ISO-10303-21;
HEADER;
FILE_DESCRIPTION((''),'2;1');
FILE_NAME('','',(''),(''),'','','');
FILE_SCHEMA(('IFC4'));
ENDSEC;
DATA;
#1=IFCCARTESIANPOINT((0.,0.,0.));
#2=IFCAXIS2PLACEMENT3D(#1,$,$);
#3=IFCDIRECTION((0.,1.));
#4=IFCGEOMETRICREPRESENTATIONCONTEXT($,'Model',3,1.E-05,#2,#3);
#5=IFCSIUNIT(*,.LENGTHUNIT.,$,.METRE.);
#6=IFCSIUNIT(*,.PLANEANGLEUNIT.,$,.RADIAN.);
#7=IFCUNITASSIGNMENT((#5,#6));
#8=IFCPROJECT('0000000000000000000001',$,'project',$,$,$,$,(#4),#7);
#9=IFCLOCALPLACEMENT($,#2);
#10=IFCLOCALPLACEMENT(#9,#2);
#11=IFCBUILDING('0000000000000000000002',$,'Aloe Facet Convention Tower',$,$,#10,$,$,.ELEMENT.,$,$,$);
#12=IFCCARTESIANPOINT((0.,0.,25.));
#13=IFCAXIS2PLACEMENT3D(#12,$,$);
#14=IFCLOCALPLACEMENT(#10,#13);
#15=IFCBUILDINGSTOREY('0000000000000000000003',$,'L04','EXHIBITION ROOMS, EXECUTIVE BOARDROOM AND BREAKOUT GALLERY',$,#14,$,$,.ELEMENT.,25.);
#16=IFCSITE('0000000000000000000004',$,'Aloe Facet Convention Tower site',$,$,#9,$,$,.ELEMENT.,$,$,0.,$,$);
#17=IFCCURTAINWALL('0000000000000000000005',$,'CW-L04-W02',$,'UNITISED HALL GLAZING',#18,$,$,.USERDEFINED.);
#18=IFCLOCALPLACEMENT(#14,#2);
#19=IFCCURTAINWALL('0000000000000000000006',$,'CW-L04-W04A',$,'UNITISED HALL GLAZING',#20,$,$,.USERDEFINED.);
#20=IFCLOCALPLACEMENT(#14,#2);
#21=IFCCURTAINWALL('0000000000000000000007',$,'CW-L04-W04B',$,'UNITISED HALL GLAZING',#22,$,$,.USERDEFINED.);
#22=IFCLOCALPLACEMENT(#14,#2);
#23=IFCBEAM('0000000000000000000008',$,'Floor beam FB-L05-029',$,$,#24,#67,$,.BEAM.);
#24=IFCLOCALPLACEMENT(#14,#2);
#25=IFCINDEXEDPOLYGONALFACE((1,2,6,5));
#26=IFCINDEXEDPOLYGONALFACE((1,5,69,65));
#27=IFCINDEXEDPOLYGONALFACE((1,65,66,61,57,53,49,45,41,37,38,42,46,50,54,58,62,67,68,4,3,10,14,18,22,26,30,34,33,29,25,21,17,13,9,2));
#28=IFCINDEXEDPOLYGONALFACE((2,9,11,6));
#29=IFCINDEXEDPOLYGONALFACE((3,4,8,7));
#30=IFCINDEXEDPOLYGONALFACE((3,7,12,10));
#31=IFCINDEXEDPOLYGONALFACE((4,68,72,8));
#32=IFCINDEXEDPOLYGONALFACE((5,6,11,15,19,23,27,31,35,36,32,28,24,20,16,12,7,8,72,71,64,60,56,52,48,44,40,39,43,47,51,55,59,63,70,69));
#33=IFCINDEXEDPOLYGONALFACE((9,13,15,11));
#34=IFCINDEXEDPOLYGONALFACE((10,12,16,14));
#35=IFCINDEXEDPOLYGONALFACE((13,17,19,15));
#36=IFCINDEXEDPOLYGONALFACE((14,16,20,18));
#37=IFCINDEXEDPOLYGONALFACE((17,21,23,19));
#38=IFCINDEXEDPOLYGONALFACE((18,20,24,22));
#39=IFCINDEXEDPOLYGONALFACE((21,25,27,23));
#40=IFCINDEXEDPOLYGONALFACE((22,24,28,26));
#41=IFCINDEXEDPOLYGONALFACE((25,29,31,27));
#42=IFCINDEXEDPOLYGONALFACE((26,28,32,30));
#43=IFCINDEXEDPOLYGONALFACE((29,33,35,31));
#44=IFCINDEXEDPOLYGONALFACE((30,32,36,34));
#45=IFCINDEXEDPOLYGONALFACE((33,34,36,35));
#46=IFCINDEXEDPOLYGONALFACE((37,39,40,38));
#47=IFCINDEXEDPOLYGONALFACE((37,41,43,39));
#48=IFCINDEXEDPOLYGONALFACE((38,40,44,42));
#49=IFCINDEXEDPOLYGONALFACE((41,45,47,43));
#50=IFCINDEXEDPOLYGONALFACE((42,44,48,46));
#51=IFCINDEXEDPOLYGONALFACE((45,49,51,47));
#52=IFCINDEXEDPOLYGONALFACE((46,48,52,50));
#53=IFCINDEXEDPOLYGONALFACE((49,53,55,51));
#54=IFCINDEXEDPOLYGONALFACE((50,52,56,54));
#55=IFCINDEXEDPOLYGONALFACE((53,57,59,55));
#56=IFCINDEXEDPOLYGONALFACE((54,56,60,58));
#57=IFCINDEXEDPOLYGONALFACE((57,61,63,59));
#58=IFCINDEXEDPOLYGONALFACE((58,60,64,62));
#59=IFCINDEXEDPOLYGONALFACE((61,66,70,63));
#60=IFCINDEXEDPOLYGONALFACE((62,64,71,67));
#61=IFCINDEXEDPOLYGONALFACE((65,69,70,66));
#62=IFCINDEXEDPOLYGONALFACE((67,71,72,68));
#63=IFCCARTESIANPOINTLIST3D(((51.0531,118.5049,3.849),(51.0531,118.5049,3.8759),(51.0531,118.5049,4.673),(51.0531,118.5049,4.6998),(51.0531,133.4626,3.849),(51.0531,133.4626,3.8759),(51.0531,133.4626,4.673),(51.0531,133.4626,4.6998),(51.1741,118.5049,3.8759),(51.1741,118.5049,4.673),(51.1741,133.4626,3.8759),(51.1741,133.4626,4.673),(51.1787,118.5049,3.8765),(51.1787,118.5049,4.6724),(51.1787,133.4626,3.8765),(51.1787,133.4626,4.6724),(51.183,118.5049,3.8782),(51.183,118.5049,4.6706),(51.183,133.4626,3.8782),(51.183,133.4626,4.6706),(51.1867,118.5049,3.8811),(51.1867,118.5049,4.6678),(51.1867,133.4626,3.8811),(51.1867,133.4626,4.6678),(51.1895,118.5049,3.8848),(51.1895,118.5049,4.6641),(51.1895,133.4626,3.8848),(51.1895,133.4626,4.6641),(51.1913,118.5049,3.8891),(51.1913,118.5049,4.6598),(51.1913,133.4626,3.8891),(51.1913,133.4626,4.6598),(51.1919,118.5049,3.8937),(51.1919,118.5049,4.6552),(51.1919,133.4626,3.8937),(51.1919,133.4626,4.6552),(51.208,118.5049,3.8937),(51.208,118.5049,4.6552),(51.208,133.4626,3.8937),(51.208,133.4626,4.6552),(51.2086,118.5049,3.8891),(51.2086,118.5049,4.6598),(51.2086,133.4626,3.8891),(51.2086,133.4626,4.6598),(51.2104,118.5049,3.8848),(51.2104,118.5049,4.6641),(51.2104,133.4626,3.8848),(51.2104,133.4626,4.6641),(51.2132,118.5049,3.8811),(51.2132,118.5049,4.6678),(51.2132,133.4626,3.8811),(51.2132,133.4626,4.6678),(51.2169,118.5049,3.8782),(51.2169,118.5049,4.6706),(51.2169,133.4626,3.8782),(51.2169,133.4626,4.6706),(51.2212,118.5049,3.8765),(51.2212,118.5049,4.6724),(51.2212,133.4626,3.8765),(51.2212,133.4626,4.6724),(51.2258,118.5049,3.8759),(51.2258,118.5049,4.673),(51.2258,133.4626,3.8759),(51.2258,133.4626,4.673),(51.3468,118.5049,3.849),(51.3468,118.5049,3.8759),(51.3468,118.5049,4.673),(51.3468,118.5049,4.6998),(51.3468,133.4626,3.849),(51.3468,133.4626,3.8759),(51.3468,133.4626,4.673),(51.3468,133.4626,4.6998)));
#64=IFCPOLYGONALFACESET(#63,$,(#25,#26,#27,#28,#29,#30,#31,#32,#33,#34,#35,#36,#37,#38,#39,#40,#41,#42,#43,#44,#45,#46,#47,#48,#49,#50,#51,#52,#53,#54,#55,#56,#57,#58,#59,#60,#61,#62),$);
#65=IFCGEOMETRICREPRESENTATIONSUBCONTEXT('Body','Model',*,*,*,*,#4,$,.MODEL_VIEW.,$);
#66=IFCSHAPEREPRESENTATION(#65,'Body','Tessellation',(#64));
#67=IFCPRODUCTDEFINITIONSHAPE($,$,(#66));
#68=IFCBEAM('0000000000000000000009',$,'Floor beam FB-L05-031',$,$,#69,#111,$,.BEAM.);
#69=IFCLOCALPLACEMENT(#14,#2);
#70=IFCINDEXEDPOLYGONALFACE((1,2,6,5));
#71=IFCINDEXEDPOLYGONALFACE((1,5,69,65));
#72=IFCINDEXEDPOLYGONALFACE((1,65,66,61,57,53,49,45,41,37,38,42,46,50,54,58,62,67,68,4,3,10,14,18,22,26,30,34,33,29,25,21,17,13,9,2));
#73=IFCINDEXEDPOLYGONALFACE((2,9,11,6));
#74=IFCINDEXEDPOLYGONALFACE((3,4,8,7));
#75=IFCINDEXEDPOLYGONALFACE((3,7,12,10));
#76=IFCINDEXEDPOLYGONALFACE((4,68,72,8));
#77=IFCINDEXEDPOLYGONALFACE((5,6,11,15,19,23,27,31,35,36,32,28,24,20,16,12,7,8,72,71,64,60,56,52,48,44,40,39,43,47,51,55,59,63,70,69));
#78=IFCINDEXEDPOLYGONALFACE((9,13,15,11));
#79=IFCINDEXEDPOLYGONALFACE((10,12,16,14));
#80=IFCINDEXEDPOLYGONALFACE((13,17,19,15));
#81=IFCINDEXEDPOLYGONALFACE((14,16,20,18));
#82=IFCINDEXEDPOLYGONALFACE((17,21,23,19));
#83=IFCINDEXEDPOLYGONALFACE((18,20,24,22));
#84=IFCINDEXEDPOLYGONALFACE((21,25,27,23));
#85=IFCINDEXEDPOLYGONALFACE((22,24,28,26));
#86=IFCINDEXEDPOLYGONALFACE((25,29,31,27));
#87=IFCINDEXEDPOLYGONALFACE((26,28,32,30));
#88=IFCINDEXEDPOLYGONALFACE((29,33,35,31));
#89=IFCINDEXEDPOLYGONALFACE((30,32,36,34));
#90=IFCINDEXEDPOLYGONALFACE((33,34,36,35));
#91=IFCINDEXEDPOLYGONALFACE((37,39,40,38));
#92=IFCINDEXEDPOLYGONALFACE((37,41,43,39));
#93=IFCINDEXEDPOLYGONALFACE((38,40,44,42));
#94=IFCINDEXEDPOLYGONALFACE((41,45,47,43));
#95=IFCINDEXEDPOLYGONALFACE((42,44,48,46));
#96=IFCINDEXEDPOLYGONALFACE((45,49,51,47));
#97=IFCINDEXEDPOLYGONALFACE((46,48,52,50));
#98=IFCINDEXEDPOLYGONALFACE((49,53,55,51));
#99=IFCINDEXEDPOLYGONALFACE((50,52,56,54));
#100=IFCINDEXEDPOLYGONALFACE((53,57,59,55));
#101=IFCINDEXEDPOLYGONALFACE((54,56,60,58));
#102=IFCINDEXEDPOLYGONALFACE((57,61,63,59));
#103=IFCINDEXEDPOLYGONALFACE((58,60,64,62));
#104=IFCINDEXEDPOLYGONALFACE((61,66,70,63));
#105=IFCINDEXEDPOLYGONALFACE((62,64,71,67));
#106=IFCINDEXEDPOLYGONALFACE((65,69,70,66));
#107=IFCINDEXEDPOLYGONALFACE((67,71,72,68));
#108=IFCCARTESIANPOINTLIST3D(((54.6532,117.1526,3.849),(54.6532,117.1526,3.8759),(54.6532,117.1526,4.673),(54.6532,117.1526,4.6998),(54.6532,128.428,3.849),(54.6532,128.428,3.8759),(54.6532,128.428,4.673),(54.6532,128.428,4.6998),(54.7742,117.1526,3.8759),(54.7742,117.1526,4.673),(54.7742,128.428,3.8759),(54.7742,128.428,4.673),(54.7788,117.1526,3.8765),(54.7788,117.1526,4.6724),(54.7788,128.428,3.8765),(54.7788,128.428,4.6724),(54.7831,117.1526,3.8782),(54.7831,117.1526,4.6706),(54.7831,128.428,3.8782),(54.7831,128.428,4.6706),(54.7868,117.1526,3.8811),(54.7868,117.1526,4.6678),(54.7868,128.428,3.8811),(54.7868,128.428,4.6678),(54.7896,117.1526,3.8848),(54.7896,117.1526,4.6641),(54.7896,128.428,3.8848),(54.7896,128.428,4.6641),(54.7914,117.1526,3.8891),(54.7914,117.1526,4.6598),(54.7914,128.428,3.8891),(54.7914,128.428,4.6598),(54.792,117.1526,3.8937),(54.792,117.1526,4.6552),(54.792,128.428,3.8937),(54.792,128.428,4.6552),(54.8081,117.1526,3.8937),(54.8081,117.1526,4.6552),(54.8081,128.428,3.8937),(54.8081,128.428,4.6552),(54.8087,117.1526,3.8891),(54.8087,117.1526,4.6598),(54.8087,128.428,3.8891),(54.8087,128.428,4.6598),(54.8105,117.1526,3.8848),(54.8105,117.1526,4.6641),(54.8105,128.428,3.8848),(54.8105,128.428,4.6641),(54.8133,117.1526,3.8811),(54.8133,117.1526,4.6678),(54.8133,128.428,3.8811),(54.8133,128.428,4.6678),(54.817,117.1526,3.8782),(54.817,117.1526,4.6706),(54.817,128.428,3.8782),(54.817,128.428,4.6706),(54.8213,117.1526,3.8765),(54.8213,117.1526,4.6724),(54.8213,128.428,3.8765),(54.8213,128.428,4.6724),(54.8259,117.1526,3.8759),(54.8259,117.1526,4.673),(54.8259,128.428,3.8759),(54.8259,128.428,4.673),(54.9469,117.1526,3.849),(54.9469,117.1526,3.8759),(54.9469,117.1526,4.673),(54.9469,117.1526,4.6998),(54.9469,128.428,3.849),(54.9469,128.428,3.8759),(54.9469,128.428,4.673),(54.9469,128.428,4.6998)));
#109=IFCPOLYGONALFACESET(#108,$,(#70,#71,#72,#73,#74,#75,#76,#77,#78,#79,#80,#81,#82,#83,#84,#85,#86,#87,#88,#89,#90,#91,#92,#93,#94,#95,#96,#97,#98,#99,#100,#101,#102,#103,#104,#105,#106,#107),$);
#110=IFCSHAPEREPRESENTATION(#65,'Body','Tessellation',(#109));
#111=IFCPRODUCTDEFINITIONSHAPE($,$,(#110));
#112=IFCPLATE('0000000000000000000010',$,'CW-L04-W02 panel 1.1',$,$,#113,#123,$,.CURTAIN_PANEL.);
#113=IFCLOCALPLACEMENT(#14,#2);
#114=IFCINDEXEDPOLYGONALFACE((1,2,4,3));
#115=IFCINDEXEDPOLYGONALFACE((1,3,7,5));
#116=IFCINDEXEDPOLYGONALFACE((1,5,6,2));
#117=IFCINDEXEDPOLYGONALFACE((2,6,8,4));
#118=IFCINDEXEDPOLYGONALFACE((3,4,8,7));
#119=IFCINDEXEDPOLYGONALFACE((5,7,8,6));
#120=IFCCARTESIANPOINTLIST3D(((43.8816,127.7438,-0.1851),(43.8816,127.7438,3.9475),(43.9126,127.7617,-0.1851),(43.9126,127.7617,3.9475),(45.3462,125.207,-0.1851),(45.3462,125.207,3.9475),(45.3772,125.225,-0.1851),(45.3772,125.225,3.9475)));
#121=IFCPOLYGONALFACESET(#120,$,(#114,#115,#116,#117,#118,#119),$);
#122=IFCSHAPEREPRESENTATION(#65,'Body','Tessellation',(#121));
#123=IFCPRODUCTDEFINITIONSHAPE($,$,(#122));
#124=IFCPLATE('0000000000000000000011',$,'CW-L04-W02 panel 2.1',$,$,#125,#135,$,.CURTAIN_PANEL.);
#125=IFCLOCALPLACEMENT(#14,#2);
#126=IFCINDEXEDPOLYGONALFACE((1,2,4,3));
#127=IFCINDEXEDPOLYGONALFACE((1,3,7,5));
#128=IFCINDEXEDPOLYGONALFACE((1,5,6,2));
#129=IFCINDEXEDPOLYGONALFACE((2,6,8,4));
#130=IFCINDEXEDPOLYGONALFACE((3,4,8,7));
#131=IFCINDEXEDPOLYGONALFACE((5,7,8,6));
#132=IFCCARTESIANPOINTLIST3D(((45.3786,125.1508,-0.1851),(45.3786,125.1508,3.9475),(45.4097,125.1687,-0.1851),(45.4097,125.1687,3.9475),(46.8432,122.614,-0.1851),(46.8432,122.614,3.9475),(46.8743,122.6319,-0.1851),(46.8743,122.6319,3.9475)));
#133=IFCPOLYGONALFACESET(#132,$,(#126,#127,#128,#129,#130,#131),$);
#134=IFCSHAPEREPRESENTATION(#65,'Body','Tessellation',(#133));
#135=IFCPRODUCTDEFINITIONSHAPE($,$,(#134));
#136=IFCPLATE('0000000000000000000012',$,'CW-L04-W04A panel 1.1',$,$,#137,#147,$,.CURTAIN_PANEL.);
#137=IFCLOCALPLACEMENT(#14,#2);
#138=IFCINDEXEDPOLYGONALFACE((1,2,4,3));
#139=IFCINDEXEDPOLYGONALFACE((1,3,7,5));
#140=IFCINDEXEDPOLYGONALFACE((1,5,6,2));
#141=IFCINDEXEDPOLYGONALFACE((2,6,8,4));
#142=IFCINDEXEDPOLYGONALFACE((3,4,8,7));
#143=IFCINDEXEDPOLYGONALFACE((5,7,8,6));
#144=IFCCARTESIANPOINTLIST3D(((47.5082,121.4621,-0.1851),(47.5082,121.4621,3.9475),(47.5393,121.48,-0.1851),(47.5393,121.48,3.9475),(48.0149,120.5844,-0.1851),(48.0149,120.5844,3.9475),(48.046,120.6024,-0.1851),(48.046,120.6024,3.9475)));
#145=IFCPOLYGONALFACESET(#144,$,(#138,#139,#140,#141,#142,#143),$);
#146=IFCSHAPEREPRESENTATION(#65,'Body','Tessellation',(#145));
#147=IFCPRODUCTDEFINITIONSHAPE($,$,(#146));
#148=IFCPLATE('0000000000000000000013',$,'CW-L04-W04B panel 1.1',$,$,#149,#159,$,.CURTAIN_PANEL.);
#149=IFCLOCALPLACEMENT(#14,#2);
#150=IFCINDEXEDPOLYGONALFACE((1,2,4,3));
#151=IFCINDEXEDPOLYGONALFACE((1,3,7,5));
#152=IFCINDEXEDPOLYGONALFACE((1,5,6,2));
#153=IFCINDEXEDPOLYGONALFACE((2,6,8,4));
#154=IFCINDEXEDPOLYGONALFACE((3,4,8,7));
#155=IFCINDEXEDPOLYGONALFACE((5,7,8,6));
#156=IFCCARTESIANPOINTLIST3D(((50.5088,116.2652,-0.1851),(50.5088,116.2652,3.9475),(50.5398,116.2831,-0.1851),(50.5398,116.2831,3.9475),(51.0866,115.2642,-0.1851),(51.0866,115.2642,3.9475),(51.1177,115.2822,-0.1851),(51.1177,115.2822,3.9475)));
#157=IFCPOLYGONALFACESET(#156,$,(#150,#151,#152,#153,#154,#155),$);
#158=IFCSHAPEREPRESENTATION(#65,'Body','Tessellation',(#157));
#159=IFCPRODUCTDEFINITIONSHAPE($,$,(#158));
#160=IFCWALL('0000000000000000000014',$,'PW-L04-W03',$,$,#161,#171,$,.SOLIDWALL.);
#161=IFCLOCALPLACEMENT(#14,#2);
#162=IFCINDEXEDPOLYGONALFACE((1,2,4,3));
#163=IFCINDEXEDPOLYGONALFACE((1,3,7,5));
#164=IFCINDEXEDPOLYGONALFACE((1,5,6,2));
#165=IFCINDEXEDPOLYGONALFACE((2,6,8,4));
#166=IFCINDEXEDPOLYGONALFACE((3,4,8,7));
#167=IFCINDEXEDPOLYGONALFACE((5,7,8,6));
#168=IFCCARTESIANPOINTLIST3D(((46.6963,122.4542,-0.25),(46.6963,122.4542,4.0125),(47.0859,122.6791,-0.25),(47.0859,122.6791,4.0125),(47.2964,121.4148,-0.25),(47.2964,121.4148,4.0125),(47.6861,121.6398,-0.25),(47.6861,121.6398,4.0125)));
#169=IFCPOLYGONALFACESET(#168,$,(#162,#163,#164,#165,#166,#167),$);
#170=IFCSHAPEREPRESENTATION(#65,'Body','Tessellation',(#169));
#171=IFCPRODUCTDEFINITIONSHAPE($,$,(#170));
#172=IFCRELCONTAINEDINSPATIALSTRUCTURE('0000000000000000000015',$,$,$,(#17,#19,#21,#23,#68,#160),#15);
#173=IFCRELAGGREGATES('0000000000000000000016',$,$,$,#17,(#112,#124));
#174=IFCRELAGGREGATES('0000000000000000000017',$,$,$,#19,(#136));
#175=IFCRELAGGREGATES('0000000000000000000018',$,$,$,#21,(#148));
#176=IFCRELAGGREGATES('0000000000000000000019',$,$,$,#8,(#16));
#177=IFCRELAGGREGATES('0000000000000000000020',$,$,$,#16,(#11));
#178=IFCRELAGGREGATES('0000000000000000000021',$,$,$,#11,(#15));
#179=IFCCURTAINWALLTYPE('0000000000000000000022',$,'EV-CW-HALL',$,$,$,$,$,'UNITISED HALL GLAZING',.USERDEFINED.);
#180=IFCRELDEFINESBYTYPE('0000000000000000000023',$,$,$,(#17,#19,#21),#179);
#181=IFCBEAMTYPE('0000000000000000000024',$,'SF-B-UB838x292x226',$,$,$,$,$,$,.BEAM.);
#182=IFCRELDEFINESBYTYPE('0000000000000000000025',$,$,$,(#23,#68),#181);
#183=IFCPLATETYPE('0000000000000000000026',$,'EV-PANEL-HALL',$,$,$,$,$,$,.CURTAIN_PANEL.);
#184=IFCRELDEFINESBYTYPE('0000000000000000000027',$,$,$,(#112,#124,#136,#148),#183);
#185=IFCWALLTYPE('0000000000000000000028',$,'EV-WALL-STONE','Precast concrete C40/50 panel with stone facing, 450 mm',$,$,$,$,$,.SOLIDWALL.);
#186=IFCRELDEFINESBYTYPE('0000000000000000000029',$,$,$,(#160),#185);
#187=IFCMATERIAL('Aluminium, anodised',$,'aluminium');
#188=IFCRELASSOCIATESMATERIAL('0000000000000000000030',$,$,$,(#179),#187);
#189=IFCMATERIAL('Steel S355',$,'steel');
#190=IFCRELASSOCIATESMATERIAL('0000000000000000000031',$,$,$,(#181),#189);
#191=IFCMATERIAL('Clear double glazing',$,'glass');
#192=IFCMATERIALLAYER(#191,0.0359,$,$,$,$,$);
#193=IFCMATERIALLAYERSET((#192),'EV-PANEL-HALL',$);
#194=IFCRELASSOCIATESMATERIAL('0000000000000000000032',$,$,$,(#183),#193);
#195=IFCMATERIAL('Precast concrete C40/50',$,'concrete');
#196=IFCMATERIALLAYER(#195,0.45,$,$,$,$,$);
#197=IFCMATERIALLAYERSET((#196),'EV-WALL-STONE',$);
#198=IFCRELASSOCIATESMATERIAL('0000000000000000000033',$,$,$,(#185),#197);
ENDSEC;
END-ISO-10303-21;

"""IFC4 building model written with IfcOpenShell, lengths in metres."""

from ifc_helpers import new_model, si_unit, direction, frame, frame_2d, origin, origin_2d, place, context, subcontext, project, spatial, rectangle, i_section, extrude, material, layer, layer_set, material_profile, profile_set, type_object, element, aggregate, save


model = new_model("IFC4")

# Units and contexts
model_context = context("Model", 3, precision=1e-05, world=origin(), true_north=direction((0.0, 1.0)))
body_context = subcontext(model_context, "Body", "Model", "MODEL_VIEW")
ifc_project = project(units=[si_unit("LENGTHUNIT", "METRE"), si_unit("PLANEANGLEUNIT", "RADIAN")], contexts=[model_context])

# Site, building, storey
site_placement = place(None, origin())
site = spatial("IfcSite", under=ifc_project, at=site_placement, Name="Aloe Facet Convention Tower site", CompositionType="ELEMENT", RefElevation=0.0)
building_placement = place(site_placement, origin())
building = spatial("IfcBuilding", under=site, at=building_placement, Name="Aloe Facet Convention Tower", CompositionType="ELEMENT")
storey_placement = place(building_placement, frame((0.0, 0.0, 25.0)))
storey = spatial("IfcBuildingStorey", under=building, at=storey_placement, Name="L04", Description="EXHIBITION ROOMS, EXECUTIVE BOARDROOM AND BREAKOUT GALLERY", CompositionType="ELEMENT", Elevation=25.0)

# Curtain walls
ifc_material_1 = material(Name="Aluminium, anodised", Category="aluminium")
curtain_wall_type = type_object("IfcCurtainWallType", Name="EV-CW-HALL", ElementType="UNITISED HALL GLAZING", PredefinedType="USERDEFINED", material=ifc_material_1)
curtain_wall_1_placement = place(storey_placement, origin())
curtain_wall_1 = element("IfcCurtainWall", 1, at=curtain_wall_1_placement, inside=storey, type_object=curtain_wall_type, Name="CW-L04-W02", ObjectType="UNITISED HALL GLAZING", PredefinedType="USERDEFINED")
curtain_wall_2_placement = place(storey_placement, origin())
curtain_wall_2 = element("IfcCurtainWall", 2, at=curtain_wall_2_placement, inside=storey, type_object=curtain_wall_type, Name="CW-L04-W04A", ObjectType="UNITISED HALL GLAZING", PredefinedType="USERDEFINED")
curtain_wall_3_placement = place(storey_placement, origin())
curtain_wall_3 = element("IfcCurtainWall", 3, at=curtain_wall_3_placement, inside=storey, type_object=curtain_wall_type, Name="CW-L04-W04B", ObjectType="UNITISED HALL GLAZING", PredefinedType="USERDEFINED")

# Beams
ifc_material_2 = material(Name="Steel S355", Category="steel")
ifc_material_profile_1 = material_profile(ifc_material_2, i_section(OverallWidth=0.2937, OverallDepth=0.8508, WebThickness=0.0161, FlangeThickness=0.0269, FilletRadius=0.0178, at=origin_2d()), Name="UB 838x292x226")
ifc_profile_set_1 = profile_set([ifc_material_profile_1], Name="Steel S355")
beam_type_1 = type_object("IfcBeamType", Name="SF-B-UB838x292x226", PredefinedType="BEAM", material=ifc_profile_set_1)
beam_1_placement = place(storey_placement, frame((51.2, 118.5049, 4.2744), z_axis=(0.0, 1.0, 0.0), x_axis=(-1.0, 0.0, 0.0)))
element("IfcBeam", 4, at=beam_1_placement, inside=storey, type_object=beam_type_1, Name="Floor beam FB-L05-029", PredefinedType="BEAM", context=body_context, shape_type="SweptSolid", body=[
    extrude(i_section(OverallWidth=0.2937, OverallDepth=0.8508, WebThickness=0.0161, FlangeThickness=0.0269, FilletRadius=0.0178, at=origin_2d()), origin(), (0.0, 0.0, 1.0), 14.9578),
])
beam_2_placement = place(storey_placement, frame((54.8, 117.1526, 4.2744), z_axis=(0.0, 1.0, 0.0), x_axis=(-1.0, 0.0, 0.0)))
element("IfcBeam", 5, at=beam_2_placement, inside=storey, type_object=beam_type_1, Name="Floor beam FB-L05-031", PredefinedType="BEAM", context=body_context, shape_type="SweptSolid", body=[
    extrude(i_section(OverallWidth=0.2937, OverallDepth=0.8508, WebThickness=0.0161, FlangeThickness=0.0269, FilletRadius=0.0178, at=origin_2d()), origin(), (0.0, 0.0, 1.0), 11.2754),
])

# Plates
ifc_material_3 = material(Name="Clear double glazing", Category="glass")
ifc_layer_1 = layer(ifc_material_3, 0.0359)
ifc_layer_set_1 = layer_set([ifc_layer_1], Name="EV-PANEL-HALL")
plate_type = type_object("IfcPlateType", Name="EV-PANEL-HALL", PredefinedType="CURTAIN_PANEL", material=ifc_layer_set_1)
plate_1_placement = place(storey_placement, frame((44.6294, 126.4844, -0.1851), z_axis=(0.0, 0.0, 1.0), x_axis=(0.5, -0.866025, 0.0)))
plate_1 = element("IfcPlate", 6, at=plate_1_placement, type_object=plate_type, Name="CW-L04-W02 panel 1.1", PredefinedType="CURTAIN_PANEL", context=body_context, shape_type="SweptSolid", body=[
    extrude(rectangle(XDim=2.9292, YDim=0.0359, at=origin_2d()), origin(), (0.0, 0.0, 1.0), 4.1326),
])
plate_2_placement = place(storey_placement, frame((46.1265, 123.8914, -0.1851), z_axis=(0.0, 0.0, 1.0), x_axis=(0.5, -0.866025, 0.0)))
plate_2 = element("IfcPlate", 7, at=plate_2_placement, type_object=plate_type, Name="CW-L04-W02 panel 2.1", PredefinedType="CURTAIN_PANEL", context=body_context, shape_type="SweptSolid", body=[
    extrude(rectangle(XDim=2.9292, YDim=0.0359, at=origin_2d()), origin(), (0.0, 0.0, 1.0), 4.1326),
])
aggregate(curtain_wall_1, [plate_1, plate_2])
plate_3_placement = place(storey_placement, frame((47.7771, 121.0322, -0.1851), z_axis=(0.0, 0.0, 1.0), x_axis=(0.5, -0.866025, 0.0)))
plate_3 = element("IfcPlate", 8, at=plate_3_placement, type_object=plate_type, Name="CW-L04-W04A panel 1.1", PredefinedType="CURTAIN_PANEL", context=body_context, shape_type="SweptSolid", body=[
    extrude(rectangle(XDim=1.0134, YDim=0.0359, at=origin_2d()), origin(), (0.0, 0.0, 1.0), 4.1326),
])
aggregate(curtain_wall_2, [plate_3])
plate_4_placement = place(storey_placement, frame((50.8132, 115.7737, -0.1851), z_axis=(0.0, 0.0, 1.0), x_axis=(0.5, -0.866025, 0.0)))
plate_4 = element("IfcPlate", 9, at=plate_4_placement, type_object=plate_type, Name="CW-L04-W04B panel 1.1", PredefinedType="CURTAIN_PANEL", context=body_context, shape_type="SweptSolid", body=[
    extrude(rectangle(XDim=1.1558, YDim=0.0359, at=origin_2d()), origin(), (0.0, 0.0, 1.0), 4.1326),
])
aggregate(curtain_wall_3, [plate_4])

# Wall
ifc_material_4 = material(Name="Precast concrete C40/50", Category="concrete")
ifc_layer_2 = layer(ifc_material_4, 0.45)
ifc_layer_set_2 = layer_set([ifc_layer_2], Name="EV-WALL-STONE")
wall_type_1 = type_object("IfcWallType", Name="EV-WALL-STONE", Description="Precast concrete C40/50 panel with stone facing, 450 mm", PredefinedType="SOLIDWALL", material=ifc_layer_set_2)
wall_1_placement = place(storey_placement, frame((46.8911, 122.5667, -0.25), z_axis=(0.0, 0.0, 1.0), x_axis=(0.500034, -0.866006, 0.0)))
element("IfcWall", 10, at=wall_1_placement, inside=storey, type_object=wall_type_1, Name="PW-L04-W03", PredefinedType="SOLIDWALL", context=body_context, shape_type="SweptSolid", body=[
    extrude(rectangle(XDim=1.2002, YDim=0.45, at=frame_2d((0.6001, 0.0))), origin(), (0.0, 0.0, 1.0), 4.2625),
])

save(model, "model.ifc")
